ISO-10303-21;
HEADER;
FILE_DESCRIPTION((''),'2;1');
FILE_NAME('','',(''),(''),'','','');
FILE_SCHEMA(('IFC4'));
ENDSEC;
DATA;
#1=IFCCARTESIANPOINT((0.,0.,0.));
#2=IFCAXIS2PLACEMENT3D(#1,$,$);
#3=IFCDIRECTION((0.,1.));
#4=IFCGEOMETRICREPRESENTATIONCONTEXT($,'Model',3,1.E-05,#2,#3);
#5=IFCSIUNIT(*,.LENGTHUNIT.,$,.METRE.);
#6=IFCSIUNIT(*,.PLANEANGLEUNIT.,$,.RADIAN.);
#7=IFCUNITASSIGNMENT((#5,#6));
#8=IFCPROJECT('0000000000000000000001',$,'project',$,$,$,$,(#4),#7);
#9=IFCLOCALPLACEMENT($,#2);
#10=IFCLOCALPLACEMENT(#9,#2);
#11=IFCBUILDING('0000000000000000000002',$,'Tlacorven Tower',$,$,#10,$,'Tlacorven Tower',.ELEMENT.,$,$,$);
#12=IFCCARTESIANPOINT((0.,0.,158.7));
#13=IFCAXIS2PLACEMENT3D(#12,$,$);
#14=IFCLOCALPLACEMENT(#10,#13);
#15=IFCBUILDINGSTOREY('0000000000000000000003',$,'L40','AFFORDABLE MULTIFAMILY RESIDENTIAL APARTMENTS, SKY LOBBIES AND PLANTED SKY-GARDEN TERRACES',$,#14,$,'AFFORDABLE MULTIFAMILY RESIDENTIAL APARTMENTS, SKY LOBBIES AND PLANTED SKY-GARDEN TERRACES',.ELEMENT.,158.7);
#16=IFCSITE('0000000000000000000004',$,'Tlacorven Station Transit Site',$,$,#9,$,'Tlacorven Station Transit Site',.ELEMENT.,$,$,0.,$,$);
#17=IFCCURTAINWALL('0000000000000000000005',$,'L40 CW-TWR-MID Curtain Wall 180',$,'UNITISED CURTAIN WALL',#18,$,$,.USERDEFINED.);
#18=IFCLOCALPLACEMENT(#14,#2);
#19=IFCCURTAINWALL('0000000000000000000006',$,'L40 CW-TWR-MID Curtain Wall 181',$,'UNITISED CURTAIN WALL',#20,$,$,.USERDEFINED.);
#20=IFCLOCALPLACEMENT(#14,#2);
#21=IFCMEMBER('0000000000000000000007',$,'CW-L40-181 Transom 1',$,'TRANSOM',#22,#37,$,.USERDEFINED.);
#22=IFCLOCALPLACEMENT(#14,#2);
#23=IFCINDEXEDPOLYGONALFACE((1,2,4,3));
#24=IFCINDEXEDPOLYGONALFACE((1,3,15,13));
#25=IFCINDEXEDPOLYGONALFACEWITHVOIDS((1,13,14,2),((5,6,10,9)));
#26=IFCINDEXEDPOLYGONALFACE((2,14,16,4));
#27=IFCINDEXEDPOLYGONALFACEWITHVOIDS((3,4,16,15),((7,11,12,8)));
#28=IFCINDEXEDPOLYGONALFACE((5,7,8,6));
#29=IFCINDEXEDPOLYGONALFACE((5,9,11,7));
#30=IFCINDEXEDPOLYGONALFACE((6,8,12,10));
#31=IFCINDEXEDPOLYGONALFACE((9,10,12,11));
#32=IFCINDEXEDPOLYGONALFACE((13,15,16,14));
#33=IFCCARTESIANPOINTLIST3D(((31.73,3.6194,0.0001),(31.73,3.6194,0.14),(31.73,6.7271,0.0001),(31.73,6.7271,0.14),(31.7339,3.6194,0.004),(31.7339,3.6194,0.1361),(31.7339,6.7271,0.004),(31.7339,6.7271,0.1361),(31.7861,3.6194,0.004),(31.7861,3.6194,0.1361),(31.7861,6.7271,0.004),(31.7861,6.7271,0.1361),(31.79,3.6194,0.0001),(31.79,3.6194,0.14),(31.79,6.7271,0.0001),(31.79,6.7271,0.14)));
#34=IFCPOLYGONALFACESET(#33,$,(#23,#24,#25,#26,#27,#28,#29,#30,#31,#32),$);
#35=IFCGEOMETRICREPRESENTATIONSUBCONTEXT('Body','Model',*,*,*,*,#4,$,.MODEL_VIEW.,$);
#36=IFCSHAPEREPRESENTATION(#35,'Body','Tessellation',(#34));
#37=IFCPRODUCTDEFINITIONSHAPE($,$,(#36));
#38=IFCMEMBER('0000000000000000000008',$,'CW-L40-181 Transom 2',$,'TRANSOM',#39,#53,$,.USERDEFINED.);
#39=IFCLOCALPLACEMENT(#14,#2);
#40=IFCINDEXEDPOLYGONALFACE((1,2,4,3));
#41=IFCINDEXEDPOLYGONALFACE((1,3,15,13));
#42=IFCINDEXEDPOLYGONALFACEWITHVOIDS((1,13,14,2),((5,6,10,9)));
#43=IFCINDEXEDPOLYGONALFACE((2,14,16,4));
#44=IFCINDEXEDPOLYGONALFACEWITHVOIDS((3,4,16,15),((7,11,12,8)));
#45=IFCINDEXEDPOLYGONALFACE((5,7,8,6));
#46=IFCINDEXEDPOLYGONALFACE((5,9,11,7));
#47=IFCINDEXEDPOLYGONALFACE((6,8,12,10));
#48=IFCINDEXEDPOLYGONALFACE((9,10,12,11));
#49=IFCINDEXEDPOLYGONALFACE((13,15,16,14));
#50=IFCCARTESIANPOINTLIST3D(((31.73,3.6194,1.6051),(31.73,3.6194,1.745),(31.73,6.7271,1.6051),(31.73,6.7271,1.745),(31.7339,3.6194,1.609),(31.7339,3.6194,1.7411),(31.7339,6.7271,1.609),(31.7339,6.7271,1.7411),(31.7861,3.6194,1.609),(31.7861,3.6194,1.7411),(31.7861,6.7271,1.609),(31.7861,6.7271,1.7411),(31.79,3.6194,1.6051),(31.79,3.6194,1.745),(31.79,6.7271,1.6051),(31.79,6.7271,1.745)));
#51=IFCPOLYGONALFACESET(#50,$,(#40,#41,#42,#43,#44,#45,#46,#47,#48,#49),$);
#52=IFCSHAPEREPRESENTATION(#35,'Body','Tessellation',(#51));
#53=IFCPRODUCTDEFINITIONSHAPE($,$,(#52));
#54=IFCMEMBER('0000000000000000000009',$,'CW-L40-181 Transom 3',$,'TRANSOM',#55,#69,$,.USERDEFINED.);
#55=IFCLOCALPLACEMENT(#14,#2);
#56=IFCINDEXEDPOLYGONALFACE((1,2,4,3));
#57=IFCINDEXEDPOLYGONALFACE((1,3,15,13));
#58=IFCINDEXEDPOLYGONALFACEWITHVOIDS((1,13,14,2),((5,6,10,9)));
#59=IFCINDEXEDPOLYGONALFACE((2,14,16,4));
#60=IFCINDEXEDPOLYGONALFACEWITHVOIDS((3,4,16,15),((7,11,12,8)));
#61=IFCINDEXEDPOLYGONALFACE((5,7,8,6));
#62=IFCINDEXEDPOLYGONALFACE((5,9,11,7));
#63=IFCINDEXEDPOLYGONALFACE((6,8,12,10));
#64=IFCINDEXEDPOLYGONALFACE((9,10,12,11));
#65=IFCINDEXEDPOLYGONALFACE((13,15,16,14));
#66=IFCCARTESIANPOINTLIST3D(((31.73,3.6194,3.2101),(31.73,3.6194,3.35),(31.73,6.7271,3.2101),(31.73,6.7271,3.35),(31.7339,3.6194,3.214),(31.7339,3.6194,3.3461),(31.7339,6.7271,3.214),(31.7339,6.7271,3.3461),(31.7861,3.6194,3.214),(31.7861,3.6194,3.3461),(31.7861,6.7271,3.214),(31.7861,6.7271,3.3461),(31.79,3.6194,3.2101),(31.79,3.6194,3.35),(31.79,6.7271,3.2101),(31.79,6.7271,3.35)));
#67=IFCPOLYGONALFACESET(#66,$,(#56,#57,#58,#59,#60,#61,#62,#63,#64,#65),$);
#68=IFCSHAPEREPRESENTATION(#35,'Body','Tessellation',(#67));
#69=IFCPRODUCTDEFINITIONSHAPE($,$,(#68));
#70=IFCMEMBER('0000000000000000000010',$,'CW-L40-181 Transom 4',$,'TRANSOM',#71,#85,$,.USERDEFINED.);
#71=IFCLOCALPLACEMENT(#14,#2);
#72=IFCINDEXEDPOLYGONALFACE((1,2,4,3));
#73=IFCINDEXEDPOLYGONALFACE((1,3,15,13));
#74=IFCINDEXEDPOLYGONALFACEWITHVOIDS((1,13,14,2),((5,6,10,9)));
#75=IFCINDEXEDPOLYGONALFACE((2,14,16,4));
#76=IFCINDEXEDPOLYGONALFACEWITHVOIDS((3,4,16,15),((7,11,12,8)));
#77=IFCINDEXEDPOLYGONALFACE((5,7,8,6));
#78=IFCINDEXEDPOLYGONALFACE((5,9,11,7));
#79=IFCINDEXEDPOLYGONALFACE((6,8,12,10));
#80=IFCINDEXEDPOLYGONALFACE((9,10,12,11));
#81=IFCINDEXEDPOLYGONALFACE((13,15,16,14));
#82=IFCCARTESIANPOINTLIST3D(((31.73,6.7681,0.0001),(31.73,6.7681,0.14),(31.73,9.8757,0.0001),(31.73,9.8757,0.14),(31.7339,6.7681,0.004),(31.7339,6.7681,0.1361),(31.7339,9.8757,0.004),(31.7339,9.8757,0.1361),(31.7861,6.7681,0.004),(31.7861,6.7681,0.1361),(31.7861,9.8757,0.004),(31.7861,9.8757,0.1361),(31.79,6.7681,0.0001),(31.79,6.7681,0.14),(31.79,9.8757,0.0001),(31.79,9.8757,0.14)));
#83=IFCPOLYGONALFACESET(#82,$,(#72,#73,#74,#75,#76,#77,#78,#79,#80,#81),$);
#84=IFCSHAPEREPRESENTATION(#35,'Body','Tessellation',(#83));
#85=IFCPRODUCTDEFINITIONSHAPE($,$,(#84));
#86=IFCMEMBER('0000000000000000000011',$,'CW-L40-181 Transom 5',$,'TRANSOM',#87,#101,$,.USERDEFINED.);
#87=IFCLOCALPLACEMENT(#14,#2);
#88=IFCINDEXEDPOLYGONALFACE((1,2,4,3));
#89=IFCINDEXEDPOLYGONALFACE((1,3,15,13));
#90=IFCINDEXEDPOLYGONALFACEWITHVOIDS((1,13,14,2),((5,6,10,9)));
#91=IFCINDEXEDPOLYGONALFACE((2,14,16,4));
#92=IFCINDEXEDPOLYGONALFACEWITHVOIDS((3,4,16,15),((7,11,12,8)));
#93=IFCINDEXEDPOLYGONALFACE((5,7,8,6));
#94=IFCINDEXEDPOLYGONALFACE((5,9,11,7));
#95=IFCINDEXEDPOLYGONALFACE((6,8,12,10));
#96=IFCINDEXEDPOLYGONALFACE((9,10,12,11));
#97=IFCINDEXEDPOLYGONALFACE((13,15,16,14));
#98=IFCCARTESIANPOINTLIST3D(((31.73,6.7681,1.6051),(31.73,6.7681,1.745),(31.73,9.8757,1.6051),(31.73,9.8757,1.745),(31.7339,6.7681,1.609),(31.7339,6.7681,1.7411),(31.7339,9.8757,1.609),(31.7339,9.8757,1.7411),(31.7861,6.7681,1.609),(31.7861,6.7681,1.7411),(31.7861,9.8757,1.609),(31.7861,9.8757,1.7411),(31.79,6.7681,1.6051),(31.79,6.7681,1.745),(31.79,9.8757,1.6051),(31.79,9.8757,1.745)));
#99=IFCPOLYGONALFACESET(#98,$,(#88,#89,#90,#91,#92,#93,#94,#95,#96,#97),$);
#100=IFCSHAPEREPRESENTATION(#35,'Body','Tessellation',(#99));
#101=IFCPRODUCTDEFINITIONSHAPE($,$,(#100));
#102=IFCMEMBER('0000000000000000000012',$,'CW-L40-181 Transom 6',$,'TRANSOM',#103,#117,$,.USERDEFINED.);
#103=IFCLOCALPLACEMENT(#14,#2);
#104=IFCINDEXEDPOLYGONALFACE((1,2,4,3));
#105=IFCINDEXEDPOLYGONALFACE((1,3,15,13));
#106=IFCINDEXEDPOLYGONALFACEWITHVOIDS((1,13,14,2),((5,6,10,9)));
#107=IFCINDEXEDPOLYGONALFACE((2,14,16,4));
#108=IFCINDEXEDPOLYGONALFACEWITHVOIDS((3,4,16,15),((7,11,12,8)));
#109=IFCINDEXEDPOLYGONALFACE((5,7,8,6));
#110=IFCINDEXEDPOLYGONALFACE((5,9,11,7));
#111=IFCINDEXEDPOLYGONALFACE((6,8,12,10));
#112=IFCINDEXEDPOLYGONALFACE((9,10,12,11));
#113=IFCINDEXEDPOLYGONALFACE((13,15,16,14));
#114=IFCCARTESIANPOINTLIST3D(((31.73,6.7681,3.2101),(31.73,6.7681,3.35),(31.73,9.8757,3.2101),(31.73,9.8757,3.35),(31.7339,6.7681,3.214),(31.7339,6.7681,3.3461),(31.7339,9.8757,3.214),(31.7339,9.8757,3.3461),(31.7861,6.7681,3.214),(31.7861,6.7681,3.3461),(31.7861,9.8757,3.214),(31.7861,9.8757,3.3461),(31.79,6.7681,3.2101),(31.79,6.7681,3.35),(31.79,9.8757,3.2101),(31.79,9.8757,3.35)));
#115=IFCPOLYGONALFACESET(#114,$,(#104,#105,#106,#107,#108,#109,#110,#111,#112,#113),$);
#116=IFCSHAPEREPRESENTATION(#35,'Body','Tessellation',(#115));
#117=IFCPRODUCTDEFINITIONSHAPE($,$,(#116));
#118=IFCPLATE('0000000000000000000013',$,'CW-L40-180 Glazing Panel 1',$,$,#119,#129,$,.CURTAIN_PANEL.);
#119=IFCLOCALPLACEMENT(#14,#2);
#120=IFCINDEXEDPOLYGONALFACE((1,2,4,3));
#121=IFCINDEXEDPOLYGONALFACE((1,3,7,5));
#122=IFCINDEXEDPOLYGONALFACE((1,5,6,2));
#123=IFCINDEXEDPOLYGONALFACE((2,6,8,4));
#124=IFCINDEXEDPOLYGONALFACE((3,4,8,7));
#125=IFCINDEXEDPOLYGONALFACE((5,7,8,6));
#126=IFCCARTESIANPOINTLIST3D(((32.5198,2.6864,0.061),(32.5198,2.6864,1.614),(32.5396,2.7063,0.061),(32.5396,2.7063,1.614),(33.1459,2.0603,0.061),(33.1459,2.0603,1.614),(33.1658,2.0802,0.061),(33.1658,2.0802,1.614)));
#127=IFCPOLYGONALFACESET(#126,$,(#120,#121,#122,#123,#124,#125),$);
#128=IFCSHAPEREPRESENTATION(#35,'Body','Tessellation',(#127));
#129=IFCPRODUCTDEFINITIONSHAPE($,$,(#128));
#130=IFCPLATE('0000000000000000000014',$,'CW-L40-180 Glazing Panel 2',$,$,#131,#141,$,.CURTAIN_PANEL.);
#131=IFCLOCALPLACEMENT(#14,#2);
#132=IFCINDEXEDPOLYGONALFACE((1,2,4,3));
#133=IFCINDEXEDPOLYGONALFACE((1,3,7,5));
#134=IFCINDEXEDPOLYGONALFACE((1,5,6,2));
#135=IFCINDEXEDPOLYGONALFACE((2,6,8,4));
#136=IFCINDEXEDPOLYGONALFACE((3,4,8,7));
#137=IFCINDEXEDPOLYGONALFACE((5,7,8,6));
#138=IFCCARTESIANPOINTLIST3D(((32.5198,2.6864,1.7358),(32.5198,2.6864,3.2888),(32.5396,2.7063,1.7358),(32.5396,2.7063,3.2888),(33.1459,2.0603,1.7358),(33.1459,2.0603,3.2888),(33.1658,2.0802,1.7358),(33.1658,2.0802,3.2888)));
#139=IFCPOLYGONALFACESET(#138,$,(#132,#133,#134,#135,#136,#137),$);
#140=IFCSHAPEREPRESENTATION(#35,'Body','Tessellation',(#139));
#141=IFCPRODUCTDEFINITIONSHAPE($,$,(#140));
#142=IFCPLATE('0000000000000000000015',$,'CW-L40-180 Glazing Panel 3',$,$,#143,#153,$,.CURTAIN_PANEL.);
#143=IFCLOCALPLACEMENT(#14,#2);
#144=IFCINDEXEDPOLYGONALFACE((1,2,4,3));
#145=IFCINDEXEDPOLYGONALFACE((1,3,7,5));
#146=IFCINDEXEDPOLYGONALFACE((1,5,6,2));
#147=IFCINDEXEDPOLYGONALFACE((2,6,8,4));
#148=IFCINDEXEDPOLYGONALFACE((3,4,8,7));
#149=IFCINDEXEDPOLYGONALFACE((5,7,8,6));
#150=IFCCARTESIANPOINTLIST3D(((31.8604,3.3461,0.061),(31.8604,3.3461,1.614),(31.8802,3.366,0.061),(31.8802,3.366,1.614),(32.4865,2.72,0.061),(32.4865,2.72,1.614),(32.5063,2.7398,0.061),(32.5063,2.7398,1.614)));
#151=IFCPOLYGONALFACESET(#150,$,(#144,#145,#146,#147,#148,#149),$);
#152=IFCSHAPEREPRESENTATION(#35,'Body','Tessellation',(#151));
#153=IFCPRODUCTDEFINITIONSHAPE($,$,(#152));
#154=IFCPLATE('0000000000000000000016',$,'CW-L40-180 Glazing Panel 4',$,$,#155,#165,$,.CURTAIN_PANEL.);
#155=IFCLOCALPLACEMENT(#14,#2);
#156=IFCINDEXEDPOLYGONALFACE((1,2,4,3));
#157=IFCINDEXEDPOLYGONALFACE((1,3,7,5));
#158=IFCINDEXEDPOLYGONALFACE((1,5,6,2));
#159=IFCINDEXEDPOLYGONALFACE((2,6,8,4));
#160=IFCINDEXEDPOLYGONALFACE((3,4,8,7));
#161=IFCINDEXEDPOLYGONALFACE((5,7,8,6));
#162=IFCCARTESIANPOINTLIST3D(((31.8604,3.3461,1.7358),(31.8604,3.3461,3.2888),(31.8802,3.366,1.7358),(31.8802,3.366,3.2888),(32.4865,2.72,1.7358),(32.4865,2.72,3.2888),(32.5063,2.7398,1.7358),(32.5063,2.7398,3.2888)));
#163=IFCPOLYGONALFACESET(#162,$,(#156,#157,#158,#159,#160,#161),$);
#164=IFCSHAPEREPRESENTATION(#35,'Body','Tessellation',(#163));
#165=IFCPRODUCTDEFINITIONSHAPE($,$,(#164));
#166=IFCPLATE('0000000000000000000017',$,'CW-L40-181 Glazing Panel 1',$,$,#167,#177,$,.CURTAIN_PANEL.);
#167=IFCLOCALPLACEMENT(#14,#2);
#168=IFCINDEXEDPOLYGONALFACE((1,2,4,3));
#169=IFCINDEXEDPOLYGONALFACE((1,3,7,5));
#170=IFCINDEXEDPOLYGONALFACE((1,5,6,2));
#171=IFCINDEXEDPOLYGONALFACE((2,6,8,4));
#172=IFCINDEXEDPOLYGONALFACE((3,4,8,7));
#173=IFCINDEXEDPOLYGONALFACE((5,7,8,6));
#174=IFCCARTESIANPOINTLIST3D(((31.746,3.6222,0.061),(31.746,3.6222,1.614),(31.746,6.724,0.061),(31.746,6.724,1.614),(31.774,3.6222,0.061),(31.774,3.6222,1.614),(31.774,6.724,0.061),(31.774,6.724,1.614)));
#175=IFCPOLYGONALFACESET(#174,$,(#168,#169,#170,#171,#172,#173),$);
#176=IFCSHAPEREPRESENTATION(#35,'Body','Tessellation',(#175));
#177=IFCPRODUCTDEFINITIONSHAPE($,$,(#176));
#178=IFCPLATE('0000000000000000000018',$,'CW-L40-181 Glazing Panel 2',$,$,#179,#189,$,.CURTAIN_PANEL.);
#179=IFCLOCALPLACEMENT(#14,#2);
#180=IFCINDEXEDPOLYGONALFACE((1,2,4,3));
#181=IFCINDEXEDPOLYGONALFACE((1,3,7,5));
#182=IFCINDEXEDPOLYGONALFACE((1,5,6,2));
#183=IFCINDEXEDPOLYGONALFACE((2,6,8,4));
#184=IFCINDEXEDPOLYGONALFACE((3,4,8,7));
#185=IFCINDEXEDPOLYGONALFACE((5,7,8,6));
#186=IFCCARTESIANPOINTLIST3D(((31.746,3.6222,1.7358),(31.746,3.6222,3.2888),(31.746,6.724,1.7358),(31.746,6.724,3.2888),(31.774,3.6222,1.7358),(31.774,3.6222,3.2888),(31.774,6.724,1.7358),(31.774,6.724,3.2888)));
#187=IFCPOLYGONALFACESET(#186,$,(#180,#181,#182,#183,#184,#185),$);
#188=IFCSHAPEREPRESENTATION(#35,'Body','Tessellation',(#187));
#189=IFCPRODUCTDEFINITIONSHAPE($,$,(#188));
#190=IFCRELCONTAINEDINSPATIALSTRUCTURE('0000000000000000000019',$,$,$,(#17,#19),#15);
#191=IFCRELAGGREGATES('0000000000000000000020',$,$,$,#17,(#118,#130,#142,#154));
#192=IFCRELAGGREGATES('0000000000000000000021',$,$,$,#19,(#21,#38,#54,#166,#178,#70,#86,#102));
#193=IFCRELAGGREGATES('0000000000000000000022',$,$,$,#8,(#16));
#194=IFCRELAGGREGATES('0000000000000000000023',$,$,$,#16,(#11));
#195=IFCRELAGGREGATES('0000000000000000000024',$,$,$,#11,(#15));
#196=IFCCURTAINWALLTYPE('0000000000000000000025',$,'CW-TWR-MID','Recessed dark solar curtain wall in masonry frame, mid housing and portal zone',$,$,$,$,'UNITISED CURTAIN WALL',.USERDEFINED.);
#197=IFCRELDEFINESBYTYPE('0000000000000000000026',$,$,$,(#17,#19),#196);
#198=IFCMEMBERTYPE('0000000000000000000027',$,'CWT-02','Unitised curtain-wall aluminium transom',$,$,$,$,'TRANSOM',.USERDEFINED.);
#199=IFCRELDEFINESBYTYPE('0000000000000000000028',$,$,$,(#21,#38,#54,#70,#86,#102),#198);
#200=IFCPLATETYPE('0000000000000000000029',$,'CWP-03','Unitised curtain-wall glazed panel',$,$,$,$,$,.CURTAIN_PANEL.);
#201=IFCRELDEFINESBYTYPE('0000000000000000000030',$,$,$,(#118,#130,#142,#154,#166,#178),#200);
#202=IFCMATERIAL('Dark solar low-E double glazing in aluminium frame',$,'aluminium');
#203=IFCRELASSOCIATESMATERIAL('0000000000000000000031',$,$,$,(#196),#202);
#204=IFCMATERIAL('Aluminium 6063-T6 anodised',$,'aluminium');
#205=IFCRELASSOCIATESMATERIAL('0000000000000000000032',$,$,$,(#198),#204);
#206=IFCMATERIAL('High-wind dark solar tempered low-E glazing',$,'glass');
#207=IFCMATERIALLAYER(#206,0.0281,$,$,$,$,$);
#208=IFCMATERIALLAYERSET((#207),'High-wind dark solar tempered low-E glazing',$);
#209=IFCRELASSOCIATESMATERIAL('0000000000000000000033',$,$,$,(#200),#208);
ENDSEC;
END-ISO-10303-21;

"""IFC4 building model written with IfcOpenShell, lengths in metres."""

from ifc_helpers import new_model, si_unit, direction, frame, origin, origin_2d, place, context, subcontext, project, spatial, rectangle, hollow_rectangle, extrude, source, transform, mapped, material, layer, layer_set, material_profile, profile_set, type_object, element, aggregate, save


model = new_model("IFC4")

# Units and contexts
model_context = context("Model", 3, precision=1e-05, world=origin(), true_north=direction((0.0, 1.0)))
body_context = subcontext(model_context, "Body", "Model", "MODEL_VIEW")
ifc_project = project(units=[si_unit("LENGTHUNIT", "METRE"), si_unit("PLANEANGLEUNIT", "RADIAN")], contexts=[model_context])

# Site, building, storey
site_placement = place(None, origin())
site = spatial("IfcSite", under=ifc_project, at=site_placement, Name="Tlacorven Station Transit Site", LongName="Tlacorven Station Transit Site", CompositionType="ELEMENT", RefElevation=0.0)
building_placement = place(site_placement, origin())
building = spatial("IfcBuilding", under=site, at=building_placement, Name="Tlacorven Tower", LongName="Tlacorven Tower", CompositionType="ELEMENT")
storey_placement = place(building_placement, frame((0.0, 0.0, 158.7)))
storey = spatial("IfcBuildingStorey", under=building, at=storey_placement, Name="L40", Description="AFFORDABLE MULTIFAMILY RESIDENTIAL APARTMENTS, SKY LOBBIES AND PLANTED SKY-GARDEN TERRACES", LongName="AFFORDABLE MULTIFAMILY RESIDENTIAL APARTMENTS, SKY LOBBIES AND PLANTED SKY-GARDEN TERRACES", CompositionType="ELEMENT", Elevation=158.7)

# Curtain walls, members
ifc_material_1 = material(Name="Dark solar low-E double glazing in aluminium frame", Category="aluminium")
curtain_wall_type = type_object("IfcCurtainWallType", Name="CW-TWR-MID", Description="Recessed dark solar curtain wall in masonry frame, mid housing and portal zone", ElementType="UNITISED CURTAIN WALL", PredefinedType="USERDEFINED", material=ifc_material_1)
curtain_wall_1_placement = place(storey_placement, origin())
curtain_wall_1 = element("IfcCurtainWall", 1, at=curtain_wall_1_placement, inside=storey, type_object=curtain_wall_type, Name="L40 CW-TWR-MID Curtain Wall 180", ObjectType="UNITISED CURTAIN WALL", PredefinedType="USERDEFINED")
ifc_material_2 = material(Name="Aluminium 6063-T6 anodised", Category="aluminium")
ifc_material_profile_1 = material_profile(ifc_material_2, hollow_rectangle(XDim=0.0601, YDim=0.1399, WallThickness=0.0039, at=origin_2d()), Name="ALU TRANSOM 60X140")
ifc_profile_set_1 = profile_set([ifc_material_profile_1], Name="Aluminium 6063-T6 anodised")
member_type_1 = type_object("IfcMemberType", Name="CWT-02", Description="Unitised curtain-wall aluminium transom", ElementType="TRANSOM", PredefinedType="USERDEFINED", material=ifc_profile_set_1)
curtain_wall_2_placement = place(storey_placement, origin())
curtain_wall_2 = element("IfcCurtainWall", 2, at=curtain_wall_2_placement, inside=storey, type_object=curtain_wall_type, Name="L40 CW-TWR-MID Curtain Wall 181", ObjectType="UNITISED CURTAIN WALL", PredefinedType="USERDEFINED")
shared_shape_1 = source(origin(), body_context, "Body", "SweptSolid", [
    extrude(hollow_rectangle(XDim=0.0601, YDim=0.1399, WallThickness=0.0039, at=origin_2d()), origin(), (0.0, 0.0, 1.0), 3.1077),
])
member_1_placement = place(storey_placement, frame((31.76, 3.6194, 0.0701), z_axis=(0.0, 1.0, 0.0), x_axis=(-1.0, 0.0, 0.0)))
member_1 = element("IfcMember", 3, at=member_1_placement, type_object=member_type_1, Name="CW-L40-181 Transom 1", ObjectType="TRANSOM", PredefinedType="USERDEFINED", context=body_context, shape_type="MappedRepresentation", body=[
    mapped(shared_shape_1, transform((0.0, 0.0, 0.0), scale=1.0)),
])
member_2_placement = place(storey_placement, frame((31.76, 3.6194, 1.675), z_axis=(0.0, 1.0, 0.0), x_axis=(-1.0, 0.0, 0.0)))
member_2 = element("IfcMember", 4, at=member_2_placement, type_object=member_type_1, Name="CW-L40-181 Transom 2", ObjectType="TRANSOM", PredefinedType="USERDEFINED", context=body_context, shape_type="MappedRepresentation", body=[
    mapped(shared_shape_1, transform((0.0, 0.0, 0.0), scale=1.0)),
])
member_3_placement = place(storey_placement, frame((31.76, 3.6194, 3.28), z_axis=(0.0, 1.0, 0.0), x_axis=(-1.0, 0.0, 0.0)))
member_3 = element("IfcMember", 5, at=member_3_placement, type_object=member_type_1, Name="CW-L40-181 Transom 3", ObjectType="TRANSOM", PredefinedType="USERDEFINED", context=body_context, shape_type="MappedRepresentation", body=[
    mapped(shared_shape_1, transform((0.0, 0.0, 0.0), scale=1.0)),
])
member_4_placement = place(storey_placement, frame((31.76, 6.7681, 0.0701), z_axis=(0.0, 1.0, 0.0), x_axis=(-1.0, 0.0, 0.0)))
member_4 = element("IfcMember", 6, at=member_4_placement, type_object=member_type_1, Name="CW-L40-181 Transom 4", ObjectType="TRANSOM", PredefinedType="USERDEFINED", context=body_context, shape_type="MappedRepresentation", body=[
    mapped(shared_shape_1, transform((0.0, 0.0, 0.0), scale=1.0)),
])
member_5_placement = place(storey_placement, frame((31.76, 6.7681, 1.675), z_axis=(0.0, 1.0, 0.0), x_axis=(-1.0, 0.0, 0.0)))
member_5 = element("IfcMember", 7, at=member_5_placement, type_object=member_type_1, Name="CW-L40-181 Transom 5", ObjectType="TRANSOM", PredefinedType="USERDEFINED", context=body_context, shape_type="MappedRepresentation", body=[
    mapped(shared_shape_1, transform((0.0, 0.0, 0.0), scale=1.0)),
])
member_6_placement = place(storey_placement, frame((31.76, 6.7681, 3.28), z_axis=(0.0, 1.0, 0.0), x_axis=(-1.0, 0.0, 0.0)))
member_6 = element("IfcMember", 8, at=member_6_placement, type_object=member_type_1, Name="CW-L40-181 Transom 6", ObjectType="TRANSOM", PredefinedType="USERDEFINED", context=body_context, shape_type="MappedRepresentation", body=[
    mapped(shared_shape_1, transform((0.0, 0.0, 0.0), scale=1.0)),
])

# Plates
ifc_material_3 = material(Name="High-wind dark solar tempered low-E glazing", Category="glass")
ifc_layer = layer(ifc_material_3, 0.0281)
ifc_layer_set = layer_set([ifc_layer], Name="High-wind dark solar tempered low-E glazing")
plate_type = type_object("IfcPlateType", Name="CWP-03", Description="Unitised curtain-wall glazed panel", PredefinedType="CURTAIN_PANEL", material=ifc_layer_set)
shared_shape_2 = source(origin(), body_context, "Body", "SweptSolid", [
    extrude(rectangle(XDim=0.8855, YDim=0.0281, at=origin_2d()), origin(), (0.0, 0.0, 1.0), 1.553),
])
plate_1_placement = place(storey_placement, frame((32.8428, 2.3833, 0.061), z_axis=(0.0, 0.0, 1.0), x_axis=(-0.707107, 0.707107, 0.0)))
plate_1 = element("IfcPlate", 9, at=plate_1_placement, type_object=plate_type, Name="CW-L40-180 Glazing Panel 1", PredefinedType="CURTAIN_PANEL", context=body_context, shape_type="MappedRepresentation", body=[
    mapped(shared_shape_2, transform((0.0, 0.0, 0.0), scale=1.0)),
])
plate_2_placement = place(storey_placement, frame((32.8428, 2.3833, 1.7358), z_axis=(0.0, 0.0, 1.0), x_axis=(-0.707107, 0.707107, 0.0)))
plate_2 = element("IfcPlate", 10, at=plate_2_placement, type_object=plate_type, Name="CW-L40-180 Glazing Panel 2", PredefinedType="CURTAIN_PANEL", context=body_context, shape_type="MappedRepresentation", body=[
    mapped(shared_shape_2, transform((0.0, 0.0, 0.0), scale=1.0)),
])
plate_3_placement = place(storey_placement, frame((32.1833, 3.043, 0.061), z_axis=(0.0, 0.0, 1.0), x_axis=(-0.707107, 0.707107, 0.0)))
plate_3 = element("IfcPlate", 11, at=plate_3_placement, type_object=plate_type, Name="CW-L40-180 Glazing Panel 3", PredefinedType="CURTAIN_PANEL", context=body_context, shape_type="MappedRepresentation", body=[
    mapped(shared_shape_2, transform((0.0, 0.0, 0.0), scale=1.0)),
])
plate_4_placement = place(storey_placement, frame((32.1833, 3.043, 1.7358), z_axis=(0.0, 0.0, 1.0), x_axis=(-0.707107, 0.707107, 0.0)))
plate_4 = element("IfcPlate", 12, at=plate_4_placement, type_object=plate_type, Name="CW-L40-180 Glazing Panel 4", PredefinedType="CURTAIN_PANEL", context=body_context, shape_type="MappedRepresentation", body=[
    mapped(shared_shape_2, transform((0.0, 0.0, 0.0), scale=1.0)),
])
aggregate(curtain_wall_1, [plate_1, plate_2, plate_3, plate_4])
shared_shape_3 = source(origin(), body_context, "Body", "SweptSolid", [
    extrude(rectangle(XDim=3.1018, YDim=0.0281, at=origin_2d()), origin(), (0.0, 0.0, 1.0), 1.553),
])
plate_5_placement = place(storey_placement, frame((31.76, 5.1731, 0.061), z_axis=(0.0, 0.0, 1.0), x_axis=(0.0, 1.0, 0.0)))
plate_5 = element("IfcPlate", 13, at=plate_5_placement, type_object=plate_type, Name="CW-L40-181 Glazing Panel 1", PredefinedType="CURTAIN_PANEL", context=body_context, shape_type="MappedRepresentation", body=[
    mapped(shared_shape_3, transform((0.0, 0.0, 0.0), scale=1.0)),
])
plate_6_placement = place(storey_placement, frame((31.76, 5.1731, 1.7358), z_axis=(0.0, 0.0, 1.0), x_axis=(0.0, 1.0, 0.0)))
plate_6 = element("IfcPlate", 14, at=plate_6_placement, type_object=plate_type, Name="CW-L40-181 Glazing Panel 2", PredefinedType="CURTAIN_PANEL", context=body_context, shape_type="MappedRepresentation", body=[
    mapped(shared_shape_3, transform((0.0, 0.0, 0.0), scale=1.0)),
])
aggregate(curtain_wall_2, [member_1, member_2, member_3, plate_5, plate_6, member_4, member_5, member_6])

save(model, "model.ifc")
